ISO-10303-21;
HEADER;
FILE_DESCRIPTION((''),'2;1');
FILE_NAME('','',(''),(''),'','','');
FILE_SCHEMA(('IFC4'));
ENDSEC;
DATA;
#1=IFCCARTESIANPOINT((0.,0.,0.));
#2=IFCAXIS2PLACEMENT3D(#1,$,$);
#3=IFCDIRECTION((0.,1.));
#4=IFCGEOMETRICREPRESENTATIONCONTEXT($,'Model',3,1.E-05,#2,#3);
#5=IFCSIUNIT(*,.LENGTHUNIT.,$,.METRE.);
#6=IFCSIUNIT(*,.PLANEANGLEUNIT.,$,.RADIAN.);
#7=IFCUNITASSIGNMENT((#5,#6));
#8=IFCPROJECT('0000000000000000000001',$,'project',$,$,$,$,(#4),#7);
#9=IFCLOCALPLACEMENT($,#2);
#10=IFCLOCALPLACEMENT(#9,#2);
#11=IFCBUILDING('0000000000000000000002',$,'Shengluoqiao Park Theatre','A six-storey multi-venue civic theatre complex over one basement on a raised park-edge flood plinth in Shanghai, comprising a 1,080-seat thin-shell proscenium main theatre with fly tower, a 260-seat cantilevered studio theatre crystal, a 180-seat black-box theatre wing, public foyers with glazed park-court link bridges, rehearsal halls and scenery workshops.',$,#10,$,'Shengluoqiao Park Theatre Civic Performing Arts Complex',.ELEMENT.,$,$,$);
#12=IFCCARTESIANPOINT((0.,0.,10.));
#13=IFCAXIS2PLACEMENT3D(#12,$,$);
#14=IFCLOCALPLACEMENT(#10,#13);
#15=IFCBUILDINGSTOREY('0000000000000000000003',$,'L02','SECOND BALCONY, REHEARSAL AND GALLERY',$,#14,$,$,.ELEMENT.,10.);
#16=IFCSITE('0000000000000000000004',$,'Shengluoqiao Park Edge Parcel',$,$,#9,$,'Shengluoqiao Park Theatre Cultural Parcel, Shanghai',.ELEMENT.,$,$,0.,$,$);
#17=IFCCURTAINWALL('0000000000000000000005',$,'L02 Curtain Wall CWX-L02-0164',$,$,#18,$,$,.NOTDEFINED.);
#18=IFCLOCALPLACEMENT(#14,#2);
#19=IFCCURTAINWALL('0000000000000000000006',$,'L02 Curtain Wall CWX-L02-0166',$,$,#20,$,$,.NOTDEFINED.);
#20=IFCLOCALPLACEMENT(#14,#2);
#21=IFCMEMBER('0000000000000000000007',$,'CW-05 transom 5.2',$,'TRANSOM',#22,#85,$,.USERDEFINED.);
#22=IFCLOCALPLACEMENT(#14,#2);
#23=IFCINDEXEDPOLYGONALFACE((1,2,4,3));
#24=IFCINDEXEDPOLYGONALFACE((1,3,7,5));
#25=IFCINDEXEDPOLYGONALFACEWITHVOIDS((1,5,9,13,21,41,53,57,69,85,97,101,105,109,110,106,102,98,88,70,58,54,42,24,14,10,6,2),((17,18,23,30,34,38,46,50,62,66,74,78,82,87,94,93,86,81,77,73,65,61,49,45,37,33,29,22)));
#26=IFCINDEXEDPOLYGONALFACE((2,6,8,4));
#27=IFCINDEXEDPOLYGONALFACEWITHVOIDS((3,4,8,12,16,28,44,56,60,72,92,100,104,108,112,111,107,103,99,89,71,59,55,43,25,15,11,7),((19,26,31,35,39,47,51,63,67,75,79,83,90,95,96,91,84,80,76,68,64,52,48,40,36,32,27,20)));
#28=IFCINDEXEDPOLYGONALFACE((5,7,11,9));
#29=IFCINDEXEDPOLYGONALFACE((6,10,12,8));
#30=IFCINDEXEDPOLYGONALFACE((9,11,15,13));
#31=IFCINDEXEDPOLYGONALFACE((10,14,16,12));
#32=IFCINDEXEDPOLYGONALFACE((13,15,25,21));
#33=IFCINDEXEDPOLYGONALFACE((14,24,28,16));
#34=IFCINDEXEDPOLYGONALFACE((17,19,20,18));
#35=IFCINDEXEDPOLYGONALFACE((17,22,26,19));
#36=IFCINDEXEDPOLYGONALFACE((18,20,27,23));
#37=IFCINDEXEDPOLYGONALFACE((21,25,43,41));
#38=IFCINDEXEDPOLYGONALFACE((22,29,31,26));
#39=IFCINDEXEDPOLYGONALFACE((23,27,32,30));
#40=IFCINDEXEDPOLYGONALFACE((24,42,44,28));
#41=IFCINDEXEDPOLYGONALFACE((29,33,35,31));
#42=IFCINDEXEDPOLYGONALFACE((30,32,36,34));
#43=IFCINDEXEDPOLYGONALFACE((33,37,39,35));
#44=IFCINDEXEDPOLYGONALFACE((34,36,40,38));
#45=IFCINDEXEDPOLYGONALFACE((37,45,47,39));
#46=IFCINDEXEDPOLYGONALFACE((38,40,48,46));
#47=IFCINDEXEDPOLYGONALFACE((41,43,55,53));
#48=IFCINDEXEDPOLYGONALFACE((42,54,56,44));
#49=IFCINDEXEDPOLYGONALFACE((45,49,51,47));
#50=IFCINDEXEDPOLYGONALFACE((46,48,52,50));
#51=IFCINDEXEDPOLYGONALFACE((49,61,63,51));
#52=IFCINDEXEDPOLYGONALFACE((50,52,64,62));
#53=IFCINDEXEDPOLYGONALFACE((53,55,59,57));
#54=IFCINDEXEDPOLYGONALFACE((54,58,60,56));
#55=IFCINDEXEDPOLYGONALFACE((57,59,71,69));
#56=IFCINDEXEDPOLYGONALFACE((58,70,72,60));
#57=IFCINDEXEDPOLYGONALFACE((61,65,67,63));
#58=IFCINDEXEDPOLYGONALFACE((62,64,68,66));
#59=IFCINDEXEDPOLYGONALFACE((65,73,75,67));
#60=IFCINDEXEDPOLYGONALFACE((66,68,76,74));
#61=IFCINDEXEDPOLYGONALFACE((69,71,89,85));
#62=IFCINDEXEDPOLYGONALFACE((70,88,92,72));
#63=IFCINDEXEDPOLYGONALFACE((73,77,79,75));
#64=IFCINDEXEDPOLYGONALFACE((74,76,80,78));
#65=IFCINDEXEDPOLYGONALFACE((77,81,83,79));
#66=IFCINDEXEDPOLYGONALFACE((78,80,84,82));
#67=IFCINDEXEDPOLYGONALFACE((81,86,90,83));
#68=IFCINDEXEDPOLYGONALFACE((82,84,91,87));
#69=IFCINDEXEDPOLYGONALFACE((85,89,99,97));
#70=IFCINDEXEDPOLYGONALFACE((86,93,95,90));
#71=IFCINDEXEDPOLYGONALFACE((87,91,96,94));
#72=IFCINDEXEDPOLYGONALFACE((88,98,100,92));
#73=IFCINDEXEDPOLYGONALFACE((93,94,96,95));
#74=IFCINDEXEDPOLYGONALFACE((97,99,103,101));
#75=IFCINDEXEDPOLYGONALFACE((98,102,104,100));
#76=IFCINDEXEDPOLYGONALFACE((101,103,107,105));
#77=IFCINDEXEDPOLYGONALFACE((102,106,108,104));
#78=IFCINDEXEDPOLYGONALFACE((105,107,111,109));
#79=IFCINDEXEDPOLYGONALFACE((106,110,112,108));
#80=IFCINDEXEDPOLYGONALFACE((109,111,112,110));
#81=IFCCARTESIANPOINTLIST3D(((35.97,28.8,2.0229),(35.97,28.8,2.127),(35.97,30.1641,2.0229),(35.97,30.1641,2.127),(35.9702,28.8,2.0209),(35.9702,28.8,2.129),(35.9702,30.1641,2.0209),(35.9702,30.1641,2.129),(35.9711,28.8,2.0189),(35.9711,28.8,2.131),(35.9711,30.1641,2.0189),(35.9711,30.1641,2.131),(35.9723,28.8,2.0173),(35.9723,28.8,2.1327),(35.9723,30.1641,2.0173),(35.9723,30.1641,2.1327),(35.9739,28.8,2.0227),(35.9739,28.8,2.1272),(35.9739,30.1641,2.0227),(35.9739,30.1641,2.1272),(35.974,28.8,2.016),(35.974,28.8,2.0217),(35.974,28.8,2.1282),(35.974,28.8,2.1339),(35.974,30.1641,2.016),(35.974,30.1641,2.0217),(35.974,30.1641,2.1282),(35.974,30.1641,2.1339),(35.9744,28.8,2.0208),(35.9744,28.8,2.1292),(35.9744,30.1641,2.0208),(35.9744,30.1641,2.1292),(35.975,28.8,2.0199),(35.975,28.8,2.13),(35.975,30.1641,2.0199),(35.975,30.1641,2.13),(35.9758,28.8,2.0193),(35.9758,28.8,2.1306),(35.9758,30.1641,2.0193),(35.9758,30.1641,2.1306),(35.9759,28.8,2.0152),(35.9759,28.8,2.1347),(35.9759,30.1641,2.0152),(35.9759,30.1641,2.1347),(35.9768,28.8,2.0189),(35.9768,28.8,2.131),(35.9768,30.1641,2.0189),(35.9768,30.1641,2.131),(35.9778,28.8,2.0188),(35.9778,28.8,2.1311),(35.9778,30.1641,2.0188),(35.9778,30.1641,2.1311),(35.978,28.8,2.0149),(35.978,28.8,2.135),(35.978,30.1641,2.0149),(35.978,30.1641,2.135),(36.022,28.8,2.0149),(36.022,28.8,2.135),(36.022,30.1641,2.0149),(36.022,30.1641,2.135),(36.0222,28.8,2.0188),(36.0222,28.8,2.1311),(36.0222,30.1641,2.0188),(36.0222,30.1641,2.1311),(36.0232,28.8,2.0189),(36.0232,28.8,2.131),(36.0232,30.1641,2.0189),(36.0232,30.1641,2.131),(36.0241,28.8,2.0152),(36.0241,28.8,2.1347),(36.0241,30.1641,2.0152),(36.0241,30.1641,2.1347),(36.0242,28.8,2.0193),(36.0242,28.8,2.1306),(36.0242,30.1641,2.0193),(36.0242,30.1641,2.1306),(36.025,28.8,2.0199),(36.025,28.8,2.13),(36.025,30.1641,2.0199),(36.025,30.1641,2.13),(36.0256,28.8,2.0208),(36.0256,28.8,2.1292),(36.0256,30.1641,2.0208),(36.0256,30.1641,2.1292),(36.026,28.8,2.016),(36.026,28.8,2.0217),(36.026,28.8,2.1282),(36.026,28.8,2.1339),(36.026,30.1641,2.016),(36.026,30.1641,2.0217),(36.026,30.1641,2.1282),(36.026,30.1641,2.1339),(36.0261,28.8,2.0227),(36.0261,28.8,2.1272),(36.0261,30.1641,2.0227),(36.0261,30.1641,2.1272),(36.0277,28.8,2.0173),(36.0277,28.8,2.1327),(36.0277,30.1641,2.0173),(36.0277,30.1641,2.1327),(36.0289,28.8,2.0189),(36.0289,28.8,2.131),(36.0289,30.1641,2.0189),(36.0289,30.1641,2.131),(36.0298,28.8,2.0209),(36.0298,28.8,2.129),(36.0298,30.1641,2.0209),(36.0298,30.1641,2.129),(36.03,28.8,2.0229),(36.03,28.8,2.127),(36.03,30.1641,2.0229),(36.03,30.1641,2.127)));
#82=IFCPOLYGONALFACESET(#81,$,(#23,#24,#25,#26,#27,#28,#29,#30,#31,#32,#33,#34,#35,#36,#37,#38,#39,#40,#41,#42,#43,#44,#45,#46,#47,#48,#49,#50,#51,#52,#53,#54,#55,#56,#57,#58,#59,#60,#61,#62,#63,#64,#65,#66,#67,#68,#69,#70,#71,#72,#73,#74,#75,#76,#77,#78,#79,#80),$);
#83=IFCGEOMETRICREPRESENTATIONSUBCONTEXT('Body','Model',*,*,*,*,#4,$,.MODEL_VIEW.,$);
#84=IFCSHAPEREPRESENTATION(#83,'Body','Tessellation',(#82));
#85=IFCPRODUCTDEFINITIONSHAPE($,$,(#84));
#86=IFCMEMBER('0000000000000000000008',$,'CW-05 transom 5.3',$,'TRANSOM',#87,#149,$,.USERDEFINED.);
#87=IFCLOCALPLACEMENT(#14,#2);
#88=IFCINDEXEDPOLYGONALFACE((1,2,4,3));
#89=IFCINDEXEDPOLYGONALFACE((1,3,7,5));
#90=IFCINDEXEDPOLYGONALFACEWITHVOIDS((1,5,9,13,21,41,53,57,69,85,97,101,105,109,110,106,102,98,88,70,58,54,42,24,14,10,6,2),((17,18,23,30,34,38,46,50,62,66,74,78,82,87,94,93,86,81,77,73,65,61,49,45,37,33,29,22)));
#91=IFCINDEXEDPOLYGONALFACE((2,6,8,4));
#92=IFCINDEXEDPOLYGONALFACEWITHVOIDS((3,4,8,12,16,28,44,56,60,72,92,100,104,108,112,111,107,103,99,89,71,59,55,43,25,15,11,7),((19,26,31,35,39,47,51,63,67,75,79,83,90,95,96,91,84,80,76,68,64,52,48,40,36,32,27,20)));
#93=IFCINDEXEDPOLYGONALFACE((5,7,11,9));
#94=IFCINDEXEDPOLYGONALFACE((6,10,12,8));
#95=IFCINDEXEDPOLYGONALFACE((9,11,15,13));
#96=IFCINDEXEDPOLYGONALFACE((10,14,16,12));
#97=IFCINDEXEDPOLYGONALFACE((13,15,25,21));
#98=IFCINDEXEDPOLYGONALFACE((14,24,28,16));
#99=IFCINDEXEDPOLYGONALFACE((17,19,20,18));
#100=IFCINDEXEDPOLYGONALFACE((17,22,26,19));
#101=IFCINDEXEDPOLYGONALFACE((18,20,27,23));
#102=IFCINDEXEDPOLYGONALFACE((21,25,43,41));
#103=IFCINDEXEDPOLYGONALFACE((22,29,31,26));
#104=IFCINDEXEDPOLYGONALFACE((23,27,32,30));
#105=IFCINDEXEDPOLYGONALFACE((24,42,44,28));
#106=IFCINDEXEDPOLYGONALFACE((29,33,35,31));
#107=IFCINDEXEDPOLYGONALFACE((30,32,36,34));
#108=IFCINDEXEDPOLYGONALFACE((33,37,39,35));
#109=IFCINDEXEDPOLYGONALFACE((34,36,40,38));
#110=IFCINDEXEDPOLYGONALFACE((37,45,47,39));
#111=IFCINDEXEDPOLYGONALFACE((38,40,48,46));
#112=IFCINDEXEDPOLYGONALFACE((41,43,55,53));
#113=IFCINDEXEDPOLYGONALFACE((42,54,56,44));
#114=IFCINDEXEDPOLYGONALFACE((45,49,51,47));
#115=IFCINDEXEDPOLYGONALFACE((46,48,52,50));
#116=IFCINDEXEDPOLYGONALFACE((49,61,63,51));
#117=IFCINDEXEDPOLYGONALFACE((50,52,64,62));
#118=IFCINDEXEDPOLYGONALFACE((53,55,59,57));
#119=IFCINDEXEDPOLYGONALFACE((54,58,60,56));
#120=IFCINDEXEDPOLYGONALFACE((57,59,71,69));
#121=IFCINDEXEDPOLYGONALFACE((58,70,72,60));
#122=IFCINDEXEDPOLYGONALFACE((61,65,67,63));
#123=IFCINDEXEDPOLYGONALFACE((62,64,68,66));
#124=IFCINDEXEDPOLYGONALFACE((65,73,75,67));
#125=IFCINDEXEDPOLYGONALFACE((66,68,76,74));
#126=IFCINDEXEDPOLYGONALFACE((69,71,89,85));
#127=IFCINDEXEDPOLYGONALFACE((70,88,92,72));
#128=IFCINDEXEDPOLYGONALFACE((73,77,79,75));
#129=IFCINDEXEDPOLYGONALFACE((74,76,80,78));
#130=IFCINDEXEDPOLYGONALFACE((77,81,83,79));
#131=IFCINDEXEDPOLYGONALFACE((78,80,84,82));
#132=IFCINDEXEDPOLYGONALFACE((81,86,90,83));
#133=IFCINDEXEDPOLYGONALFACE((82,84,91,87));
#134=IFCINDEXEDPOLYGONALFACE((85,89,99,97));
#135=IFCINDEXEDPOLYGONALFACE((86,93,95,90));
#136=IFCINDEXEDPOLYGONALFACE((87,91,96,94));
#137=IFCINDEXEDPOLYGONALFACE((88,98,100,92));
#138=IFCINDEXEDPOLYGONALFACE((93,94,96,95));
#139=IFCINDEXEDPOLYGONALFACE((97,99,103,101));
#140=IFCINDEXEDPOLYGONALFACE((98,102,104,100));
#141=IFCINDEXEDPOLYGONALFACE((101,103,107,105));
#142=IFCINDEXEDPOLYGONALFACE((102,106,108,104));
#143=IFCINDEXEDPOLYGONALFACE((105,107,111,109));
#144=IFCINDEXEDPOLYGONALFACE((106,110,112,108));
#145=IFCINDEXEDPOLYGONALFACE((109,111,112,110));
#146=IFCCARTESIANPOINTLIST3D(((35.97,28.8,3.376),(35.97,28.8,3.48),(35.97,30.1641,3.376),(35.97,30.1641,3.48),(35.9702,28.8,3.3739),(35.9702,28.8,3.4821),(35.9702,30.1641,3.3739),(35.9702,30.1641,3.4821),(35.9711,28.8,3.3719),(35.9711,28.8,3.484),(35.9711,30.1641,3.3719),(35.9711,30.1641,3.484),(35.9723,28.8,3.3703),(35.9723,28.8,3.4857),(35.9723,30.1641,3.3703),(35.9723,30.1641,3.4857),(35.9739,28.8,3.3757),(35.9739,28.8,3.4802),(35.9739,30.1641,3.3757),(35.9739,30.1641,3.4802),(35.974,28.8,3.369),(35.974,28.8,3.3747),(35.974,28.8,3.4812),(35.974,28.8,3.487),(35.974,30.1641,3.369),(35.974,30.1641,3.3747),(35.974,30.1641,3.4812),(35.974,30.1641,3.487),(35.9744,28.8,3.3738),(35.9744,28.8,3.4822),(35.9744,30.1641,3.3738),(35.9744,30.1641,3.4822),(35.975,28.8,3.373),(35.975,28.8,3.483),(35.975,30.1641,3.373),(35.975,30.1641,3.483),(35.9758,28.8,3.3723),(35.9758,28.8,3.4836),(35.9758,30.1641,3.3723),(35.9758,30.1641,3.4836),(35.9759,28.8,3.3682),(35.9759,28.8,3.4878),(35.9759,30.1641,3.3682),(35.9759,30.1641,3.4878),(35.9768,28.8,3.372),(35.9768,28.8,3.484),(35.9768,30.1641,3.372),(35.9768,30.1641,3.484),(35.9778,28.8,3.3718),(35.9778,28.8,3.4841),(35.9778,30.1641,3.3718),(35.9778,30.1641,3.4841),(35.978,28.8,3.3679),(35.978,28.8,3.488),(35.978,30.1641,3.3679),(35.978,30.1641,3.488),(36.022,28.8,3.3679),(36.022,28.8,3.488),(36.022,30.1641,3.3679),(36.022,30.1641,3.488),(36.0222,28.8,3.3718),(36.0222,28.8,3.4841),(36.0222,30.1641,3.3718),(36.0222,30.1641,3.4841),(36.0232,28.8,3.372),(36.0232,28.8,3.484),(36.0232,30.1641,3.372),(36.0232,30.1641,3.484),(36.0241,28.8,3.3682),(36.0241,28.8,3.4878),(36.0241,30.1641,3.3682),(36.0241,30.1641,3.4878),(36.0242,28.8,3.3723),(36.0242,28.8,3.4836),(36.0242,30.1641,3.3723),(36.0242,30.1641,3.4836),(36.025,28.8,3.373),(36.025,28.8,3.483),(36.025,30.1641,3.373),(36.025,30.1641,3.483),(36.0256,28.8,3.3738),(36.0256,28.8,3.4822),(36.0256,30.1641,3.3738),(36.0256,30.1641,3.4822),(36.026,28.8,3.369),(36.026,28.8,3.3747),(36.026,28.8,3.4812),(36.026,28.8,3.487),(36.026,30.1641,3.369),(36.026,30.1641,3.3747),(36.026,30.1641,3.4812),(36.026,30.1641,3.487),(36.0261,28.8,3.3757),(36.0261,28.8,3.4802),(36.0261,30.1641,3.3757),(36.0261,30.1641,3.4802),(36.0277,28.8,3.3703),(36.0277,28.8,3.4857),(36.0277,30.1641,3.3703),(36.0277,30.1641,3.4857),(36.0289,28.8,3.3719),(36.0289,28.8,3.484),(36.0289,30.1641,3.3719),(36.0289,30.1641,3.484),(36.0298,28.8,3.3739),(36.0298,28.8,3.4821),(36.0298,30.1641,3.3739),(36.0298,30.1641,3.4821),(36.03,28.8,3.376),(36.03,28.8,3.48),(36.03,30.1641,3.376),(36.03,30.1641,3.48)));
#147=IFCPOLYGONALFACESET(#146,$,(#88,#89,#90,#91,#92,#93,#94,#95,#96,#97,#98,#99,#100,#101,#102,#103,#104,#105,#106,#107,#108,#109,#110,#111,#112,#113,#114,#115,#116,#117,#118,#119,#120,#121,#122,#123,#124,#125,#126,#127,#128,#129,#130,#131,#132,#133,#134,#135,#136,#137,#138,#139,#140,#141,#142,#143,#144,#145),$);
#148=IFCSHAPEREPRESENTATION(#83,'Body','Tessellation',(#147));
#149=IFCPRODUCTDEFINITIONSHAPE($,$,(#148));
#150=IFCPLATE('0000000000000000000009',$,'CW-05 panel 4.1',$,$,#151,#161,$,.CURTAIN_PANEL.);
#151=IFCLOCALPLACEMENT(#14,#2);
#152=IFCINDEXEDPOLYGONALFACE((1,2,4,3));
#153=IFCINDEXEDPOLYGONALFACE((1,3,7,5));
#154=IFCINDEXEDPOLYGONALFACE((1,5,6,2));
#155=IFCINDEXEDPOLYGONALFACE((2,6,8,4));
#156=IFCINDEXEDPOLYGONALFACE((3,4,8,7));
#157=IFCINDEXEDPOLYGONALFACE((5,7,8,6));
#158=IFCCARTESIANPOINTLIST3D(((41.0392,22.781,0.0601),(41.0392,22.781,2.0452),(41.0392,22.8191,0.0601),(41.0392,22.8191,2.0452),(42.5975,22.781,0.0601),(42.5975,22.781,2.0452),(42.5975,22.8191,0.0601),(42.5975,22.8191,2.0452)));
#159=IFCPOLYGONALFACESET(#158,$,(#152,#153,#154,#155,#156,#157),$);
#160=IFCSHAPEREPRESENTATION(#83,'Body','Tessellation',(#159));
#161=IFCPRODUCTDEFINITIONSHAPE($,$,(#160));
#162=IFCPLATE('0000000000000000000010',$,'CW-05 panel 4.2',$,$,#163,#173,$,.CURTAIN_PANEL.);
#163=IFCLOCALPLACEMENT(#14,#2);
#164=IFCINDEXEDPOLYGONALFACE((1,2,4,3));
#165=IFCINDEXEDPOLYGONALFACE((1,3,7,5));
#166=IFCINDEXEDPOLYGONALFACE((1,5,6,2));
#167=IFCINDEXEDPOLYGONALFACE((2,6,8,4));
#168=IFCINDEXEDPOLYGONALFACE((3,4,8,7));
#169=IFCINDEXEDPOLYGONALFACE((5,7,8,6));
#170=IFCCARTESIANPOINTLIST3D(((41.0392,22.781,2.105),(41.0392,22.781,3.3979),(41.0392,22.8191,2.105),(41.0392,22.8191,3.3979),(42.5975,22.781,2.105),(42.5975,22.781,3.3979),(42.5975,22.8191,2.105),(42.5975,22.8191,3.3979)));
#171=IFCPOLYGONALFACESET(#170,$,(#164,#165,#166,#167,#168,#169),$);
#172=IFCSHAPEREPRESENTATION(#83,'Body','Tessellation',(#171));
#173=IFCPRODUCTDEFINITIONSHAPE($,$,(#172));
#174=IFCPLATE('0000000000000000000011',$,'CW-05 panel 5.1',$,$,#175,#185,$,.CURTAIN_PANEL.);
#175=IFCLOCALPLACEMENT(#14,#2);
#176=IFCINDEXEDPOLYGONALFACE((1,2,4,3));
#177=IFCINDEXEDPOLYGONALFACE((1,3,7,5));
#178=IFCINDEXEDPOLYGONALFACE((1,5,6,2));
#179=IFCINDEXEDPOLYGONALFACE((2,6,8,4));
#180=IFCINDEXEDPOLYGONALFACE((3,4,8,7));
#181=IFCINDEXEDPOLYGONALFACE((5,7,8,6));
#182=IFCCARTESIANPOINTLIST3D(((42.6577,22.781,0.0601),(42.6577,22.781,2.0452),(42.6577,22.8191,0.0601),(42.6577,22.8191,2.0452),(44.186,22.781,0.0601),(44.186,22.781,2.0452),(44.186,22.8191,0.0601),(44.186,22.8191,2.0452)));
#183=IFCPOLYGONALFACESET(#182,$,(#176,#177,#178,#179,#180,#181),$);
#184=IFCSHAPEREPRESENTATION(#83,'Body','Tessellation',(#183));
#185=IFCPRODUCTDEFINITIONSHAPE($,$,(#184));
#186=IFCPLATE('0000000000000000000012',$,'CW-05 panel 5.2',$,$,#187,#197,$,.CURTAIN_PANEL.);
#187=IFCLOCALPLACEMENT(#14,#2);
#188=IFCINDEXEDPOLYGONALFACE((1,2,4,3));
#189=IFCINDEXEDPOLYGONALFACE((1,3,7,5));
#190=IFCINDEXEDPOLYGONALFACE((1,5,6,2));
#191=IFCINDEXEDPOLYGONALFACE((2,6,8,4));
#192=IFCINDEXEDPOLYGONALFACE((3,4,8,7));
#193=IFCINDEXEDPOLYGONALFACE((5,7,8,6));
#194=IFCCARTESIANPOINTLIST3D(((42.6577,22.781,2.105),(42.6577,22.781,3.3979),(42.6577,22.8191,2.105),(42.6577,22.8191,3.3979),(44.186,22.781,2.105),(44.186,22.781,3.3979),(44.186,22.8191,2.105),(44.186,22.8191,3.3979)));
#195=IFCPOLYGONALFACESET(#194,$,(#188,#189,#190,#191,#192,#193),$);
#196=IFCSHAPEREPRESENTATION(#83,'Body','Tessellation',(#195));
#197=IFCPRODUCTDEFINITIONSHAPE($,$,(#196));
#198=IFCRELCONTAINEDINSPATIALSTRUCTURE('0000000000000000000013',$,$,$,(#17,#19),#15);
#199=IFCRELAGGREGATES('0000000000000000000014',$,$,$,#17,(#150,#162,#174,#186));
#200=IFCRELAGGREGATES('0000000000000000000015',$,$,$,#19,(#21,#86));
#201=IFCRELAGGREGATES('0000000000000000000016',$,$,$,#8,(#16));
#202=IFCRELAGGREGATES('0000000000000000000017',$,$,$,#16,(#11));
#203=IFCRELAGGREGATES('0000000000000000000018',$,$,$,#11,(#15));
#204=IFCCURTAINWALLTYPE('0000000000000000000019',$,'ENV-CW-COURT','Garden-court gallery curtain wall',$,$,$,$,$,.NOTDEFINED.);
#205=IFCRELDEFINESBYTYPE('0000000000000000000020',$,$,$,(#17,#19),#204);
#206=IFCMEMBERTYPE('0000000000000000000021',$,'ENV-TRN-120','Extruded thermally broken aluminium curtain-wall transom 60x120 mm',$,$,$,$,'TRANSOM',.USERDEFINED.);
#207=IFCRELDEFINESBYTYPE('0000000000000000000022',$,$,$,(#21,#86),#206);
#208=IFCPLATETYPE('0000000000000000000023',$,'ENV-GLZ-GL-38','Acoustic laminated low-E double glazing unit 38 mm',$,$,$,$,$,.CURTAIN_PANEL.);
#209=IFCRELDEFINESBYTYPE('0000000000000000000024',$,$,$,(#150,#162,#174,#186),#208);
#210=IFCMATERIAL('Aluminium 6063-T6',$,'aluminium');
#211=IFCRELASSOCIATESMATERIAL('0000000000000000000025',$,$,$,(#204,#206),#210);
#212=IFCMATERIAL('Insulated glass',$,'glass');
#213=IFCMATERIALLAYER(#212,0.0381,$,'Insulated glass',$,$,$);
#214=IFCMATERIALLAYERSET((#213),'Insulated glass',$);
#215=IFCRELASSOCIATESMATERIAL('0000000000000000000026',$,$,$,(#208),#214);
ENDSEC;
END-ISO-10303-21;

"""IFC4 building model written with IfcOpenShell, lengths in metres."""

from ifc_helpers import new_model, si_unit, direction, frame, origin, origin_2d, place, context, subcontext, project, spatial, rectangle, hollow_rectangle, extrude, material, layer, layer_set, material_profile, profile_set, type_object, element, aggregate, save


model = new_model("IFC4")

# Units and contexts
model_context = context("Model", 3, precision=1e-05, world=origin(), true_north=direction((0.0, 1.0)))
body_context = subcontext(model_context, "Body", "Model", "MODEL_VIEW")
ifc_project = project(units=[si_unit("LENGTHUNIT", "METRE"), si_unit("PLANEANGLEUNIT", "RADIAN")], contexts=[model_context])

# Site, building, storey
site_placement = place(None, origin())
site = spatial("IfcSite", under=ifc_project, at=site_placement, Name="Shengluoqiao Park Edge Parcel", LongName="Shengluoqiao Park Theatre Cultural Parcel, Shanghai", CompositionType="ELEMENT", RefElevation=0.0)
building_placement = place(site_placement, origin())
building = spatial("IfcBuilding", under=site, at=building_placement, Name="Shengluoqiao Park Theatre", Description="A six-storey multi-venue civic theatre complex over one basement on a raised park-edge flood plinth in Shanghai, comprising a 1,080-seat thin-shell proscenium main theatre with fly tower, a 260-seat cantilevered studio theatre crystal, a 180-seat black-box theatre wing, public foyers with glazed park-court link bridges, rehearsal halls and scenery workshops.", LongName="Shengluoqiao Park Theatre Civic Performing Arts Complex", CompositionType="ELEMENT")
storey_placement = place(building_placement, frame((0.0, 0.0, 10.0)))
storey = spatial("IfcBuildingStorey", under=building, at=storey_placement, Name="L02", Description="SECOND BALCONY, REHEARSAL AND GALLERY", CompositionType="ELEMENT", Elevation=10.0)

# Curtain walls
ifc_material_1 = material(Name="Aluminium 6063-T6", Category="aluminium")
curtain_wall_type = type_object("IfcCurtainWallType", Name="ENV-CW-COURT", Description="Garden-court gallery curtain wall", PredefinedType="NOTDEFINED", material=ifc_material_1)
curtain_wall_1_placement = place(storey_placement, origin())
curtain_wall_1 = element("IfcCurtainWall", 1, at=curtain_wall_1_placement, inside=storey, type_object=curtain_wall_type, Name="L02 Curtain Wall CWX-L02-0164", PredefinedType="NOTDEFINED")
curtain_wall_2_placement = place(storey_placement, origin())
curtain_wall_2 = element("IfcCurtainWall", 2, at=curtain_wall_2_placement, inside=storey, type_object=curtain_wall_type, Name="L02 Curtain Wall CWX-L02-0166", PredefinedType="NOTDEFINED")

# Members
ifc_material_profile_1 = material_profile(ifc_material_1, hollow_rectangle(XDim=0.0601, YDim=0.1201, WallThickness=0.0039, InnerFilletRadius=0.0039, OuterFilletRadius=0.0081, at=origin_2d()), Name="ALU TRANSOM 120x60x4")
ifc_profile_set_1 = profile_set([ifc_material_profile_1], Name="Aluminium 6063-T6")
member_type_1 = type_object("IfcMemberType", Name="ENV-TRN-120", Description="Extruded thermally broken aluminium curtain-wall transom 60x120 mm", ElementType="TRANSOM", PredefinedType="USERDEFINED", material=ifc_profile_set_1)
member_1_placement = place(storey_placement, frame((36.0, 28.8, 2.075), z_axis=(0.0, 1.0, 0.0), x_axis=(-1.0, 0.0, 0.0)))
member_1 = element("IfcMember", 3, at=member_1_placement, type_object=member_type_1, Name="CW-05 transom 5.2", ObjectType="TRANSOM", PredefinedType="USERDEFINED", context=body_context, shape_type="SweptSolid", body=[
    extrude(hollow_rectangle(XDim=0.0601, YDim=0.1201, WallThickness=0.0039, InnerFilletRadius=0.0039, OuterFilletRadius=0.0081, at=origin_2d()), origin(), (0.0, 0.0, 1.0), 1.364),
])
member_2_placement = place(storey_placement, frame((36.0, 28.8, 3.428), z_axis=(0.0, 1.0, 0.0), x_axis=(-1.0, 0.0, 0.0)))
member_2 = element("IfcMember", 4, at=member_2_placement, type_object=member_type_1, Name="CW-05 transom 5.3", ObjectType="TRANSOM", PredefinedType="USERDEFINED", context=body_context, shape_type="SweptSolid", body=[
    extrude(hollow_rectangle(XDim=0.0601, YDim=0.1201, WallThickness=0.0039, InnerFilletRadius=0.0039, OuterFilletRadius=0.0081, at=origin_2d()), origin(), (0.0, 0.0, 1.0), 1.364),
])

# Plates
ifc_material_2 = material(Name="Insulated glass", Category="glass")
ifc_layer = layer(ifc_material_2, 0.0381, Name="Insulated glass")
ifc_layer_set = layer_set([ifc_layer], Name="Insulated glass")
plate_type = type_object("IfcPlateType", Name="ENV-GLZ-GL-38", Description="Acoustic laminated low-E double glazing unit 38 mm", PredefinedType="CURTAIN_PANEL", material=ifc_layer_set)
plate_1_placement = place(storey_placement, frame((41.8184, 22.8, 0.0601), z_axis=(0.0, 0.0, 1.0), x_axis=(1.0, 0.0, 0.0)))
plate_1 = element("IfcPlate", 5, at=plate_1_placement, type_object=plate_type, Name="CW-05 panel 4.1", PredefinedType="CURTAIN_PANEL", context=body_context, shape_type="SweptSolid", body=[
    extrude(rectangle(XDim=1.5583, YDim=0.0381, at=origin_2d()), origin(), (0.0, 0.0, 1.0), 1.9851),
])
plate_2_placement = place(storey_placement, frame((41.8184, 22.8, 2.105), z_axis=(0.0, 0.0, 1.0), x_axis=(1.0, 0.0, 0.0)))
plate_2 = element("IfcPlate", 6, at=plate_2_placement, type_object=plate_type, Name="CW-05 panel 4.2", PredefinedType="CURTAIN_PANEL", context=body_context, shape_type="SweptSolid", body=[
    extrude(rectangle(XDim=1.5583, YDim=0.0381, at=origin_2d()), origin(), (0.0, 0.0, 1.0), 1.293),
])
plate_3_placement = place(storey_placement, frame((43.4219, 22.8, 0.0601), z_axis=(0.0, 0.0, 1.0), x_axis=(1.0, 0.0, 0.0)))
plate_3 = element("IfcPlate", 7, at=plate_3_placement, type_object=plate_type, Name="CW-05 panel 5.1", PredefinedType="CURTAIN_PANEL", context=body_context, shape_type="SweptSolid", body=[
    extrude(rectangle(XDim=1.5283, YDim=0.0381, at=origin_2d()), origin(), (0.0, 0.0, 1.0), 1.9851),
])
plate_4_placement = place(storey_placement, frame((43.4219, 22.8, 2.105), z_axis=(0.0, 0.0, 1.0), x_axis=(1.0, 0.0, 0.0)))
plate_4 = element("IfcPlate", 8, at=plate_4_placement, type_object=plate_type, Name="CW-05 panel 5.2", PredefinedType="CURTAIN_PANEL", context=body_context, shape_type="SweptSolid", body=[
    extrude(rectangle(XDim=1.5283, YDim=0.0381, at=origin_2d()), origin(), (0.0, 0.0, 1.0), 1.293),
])
aggregate(curtain_wall_1, [plate_1, plate_2, plate_3, plate_4])
aggregate(curtain_wall_2, [member_1, member_2])

save(model, "model.ifc")
